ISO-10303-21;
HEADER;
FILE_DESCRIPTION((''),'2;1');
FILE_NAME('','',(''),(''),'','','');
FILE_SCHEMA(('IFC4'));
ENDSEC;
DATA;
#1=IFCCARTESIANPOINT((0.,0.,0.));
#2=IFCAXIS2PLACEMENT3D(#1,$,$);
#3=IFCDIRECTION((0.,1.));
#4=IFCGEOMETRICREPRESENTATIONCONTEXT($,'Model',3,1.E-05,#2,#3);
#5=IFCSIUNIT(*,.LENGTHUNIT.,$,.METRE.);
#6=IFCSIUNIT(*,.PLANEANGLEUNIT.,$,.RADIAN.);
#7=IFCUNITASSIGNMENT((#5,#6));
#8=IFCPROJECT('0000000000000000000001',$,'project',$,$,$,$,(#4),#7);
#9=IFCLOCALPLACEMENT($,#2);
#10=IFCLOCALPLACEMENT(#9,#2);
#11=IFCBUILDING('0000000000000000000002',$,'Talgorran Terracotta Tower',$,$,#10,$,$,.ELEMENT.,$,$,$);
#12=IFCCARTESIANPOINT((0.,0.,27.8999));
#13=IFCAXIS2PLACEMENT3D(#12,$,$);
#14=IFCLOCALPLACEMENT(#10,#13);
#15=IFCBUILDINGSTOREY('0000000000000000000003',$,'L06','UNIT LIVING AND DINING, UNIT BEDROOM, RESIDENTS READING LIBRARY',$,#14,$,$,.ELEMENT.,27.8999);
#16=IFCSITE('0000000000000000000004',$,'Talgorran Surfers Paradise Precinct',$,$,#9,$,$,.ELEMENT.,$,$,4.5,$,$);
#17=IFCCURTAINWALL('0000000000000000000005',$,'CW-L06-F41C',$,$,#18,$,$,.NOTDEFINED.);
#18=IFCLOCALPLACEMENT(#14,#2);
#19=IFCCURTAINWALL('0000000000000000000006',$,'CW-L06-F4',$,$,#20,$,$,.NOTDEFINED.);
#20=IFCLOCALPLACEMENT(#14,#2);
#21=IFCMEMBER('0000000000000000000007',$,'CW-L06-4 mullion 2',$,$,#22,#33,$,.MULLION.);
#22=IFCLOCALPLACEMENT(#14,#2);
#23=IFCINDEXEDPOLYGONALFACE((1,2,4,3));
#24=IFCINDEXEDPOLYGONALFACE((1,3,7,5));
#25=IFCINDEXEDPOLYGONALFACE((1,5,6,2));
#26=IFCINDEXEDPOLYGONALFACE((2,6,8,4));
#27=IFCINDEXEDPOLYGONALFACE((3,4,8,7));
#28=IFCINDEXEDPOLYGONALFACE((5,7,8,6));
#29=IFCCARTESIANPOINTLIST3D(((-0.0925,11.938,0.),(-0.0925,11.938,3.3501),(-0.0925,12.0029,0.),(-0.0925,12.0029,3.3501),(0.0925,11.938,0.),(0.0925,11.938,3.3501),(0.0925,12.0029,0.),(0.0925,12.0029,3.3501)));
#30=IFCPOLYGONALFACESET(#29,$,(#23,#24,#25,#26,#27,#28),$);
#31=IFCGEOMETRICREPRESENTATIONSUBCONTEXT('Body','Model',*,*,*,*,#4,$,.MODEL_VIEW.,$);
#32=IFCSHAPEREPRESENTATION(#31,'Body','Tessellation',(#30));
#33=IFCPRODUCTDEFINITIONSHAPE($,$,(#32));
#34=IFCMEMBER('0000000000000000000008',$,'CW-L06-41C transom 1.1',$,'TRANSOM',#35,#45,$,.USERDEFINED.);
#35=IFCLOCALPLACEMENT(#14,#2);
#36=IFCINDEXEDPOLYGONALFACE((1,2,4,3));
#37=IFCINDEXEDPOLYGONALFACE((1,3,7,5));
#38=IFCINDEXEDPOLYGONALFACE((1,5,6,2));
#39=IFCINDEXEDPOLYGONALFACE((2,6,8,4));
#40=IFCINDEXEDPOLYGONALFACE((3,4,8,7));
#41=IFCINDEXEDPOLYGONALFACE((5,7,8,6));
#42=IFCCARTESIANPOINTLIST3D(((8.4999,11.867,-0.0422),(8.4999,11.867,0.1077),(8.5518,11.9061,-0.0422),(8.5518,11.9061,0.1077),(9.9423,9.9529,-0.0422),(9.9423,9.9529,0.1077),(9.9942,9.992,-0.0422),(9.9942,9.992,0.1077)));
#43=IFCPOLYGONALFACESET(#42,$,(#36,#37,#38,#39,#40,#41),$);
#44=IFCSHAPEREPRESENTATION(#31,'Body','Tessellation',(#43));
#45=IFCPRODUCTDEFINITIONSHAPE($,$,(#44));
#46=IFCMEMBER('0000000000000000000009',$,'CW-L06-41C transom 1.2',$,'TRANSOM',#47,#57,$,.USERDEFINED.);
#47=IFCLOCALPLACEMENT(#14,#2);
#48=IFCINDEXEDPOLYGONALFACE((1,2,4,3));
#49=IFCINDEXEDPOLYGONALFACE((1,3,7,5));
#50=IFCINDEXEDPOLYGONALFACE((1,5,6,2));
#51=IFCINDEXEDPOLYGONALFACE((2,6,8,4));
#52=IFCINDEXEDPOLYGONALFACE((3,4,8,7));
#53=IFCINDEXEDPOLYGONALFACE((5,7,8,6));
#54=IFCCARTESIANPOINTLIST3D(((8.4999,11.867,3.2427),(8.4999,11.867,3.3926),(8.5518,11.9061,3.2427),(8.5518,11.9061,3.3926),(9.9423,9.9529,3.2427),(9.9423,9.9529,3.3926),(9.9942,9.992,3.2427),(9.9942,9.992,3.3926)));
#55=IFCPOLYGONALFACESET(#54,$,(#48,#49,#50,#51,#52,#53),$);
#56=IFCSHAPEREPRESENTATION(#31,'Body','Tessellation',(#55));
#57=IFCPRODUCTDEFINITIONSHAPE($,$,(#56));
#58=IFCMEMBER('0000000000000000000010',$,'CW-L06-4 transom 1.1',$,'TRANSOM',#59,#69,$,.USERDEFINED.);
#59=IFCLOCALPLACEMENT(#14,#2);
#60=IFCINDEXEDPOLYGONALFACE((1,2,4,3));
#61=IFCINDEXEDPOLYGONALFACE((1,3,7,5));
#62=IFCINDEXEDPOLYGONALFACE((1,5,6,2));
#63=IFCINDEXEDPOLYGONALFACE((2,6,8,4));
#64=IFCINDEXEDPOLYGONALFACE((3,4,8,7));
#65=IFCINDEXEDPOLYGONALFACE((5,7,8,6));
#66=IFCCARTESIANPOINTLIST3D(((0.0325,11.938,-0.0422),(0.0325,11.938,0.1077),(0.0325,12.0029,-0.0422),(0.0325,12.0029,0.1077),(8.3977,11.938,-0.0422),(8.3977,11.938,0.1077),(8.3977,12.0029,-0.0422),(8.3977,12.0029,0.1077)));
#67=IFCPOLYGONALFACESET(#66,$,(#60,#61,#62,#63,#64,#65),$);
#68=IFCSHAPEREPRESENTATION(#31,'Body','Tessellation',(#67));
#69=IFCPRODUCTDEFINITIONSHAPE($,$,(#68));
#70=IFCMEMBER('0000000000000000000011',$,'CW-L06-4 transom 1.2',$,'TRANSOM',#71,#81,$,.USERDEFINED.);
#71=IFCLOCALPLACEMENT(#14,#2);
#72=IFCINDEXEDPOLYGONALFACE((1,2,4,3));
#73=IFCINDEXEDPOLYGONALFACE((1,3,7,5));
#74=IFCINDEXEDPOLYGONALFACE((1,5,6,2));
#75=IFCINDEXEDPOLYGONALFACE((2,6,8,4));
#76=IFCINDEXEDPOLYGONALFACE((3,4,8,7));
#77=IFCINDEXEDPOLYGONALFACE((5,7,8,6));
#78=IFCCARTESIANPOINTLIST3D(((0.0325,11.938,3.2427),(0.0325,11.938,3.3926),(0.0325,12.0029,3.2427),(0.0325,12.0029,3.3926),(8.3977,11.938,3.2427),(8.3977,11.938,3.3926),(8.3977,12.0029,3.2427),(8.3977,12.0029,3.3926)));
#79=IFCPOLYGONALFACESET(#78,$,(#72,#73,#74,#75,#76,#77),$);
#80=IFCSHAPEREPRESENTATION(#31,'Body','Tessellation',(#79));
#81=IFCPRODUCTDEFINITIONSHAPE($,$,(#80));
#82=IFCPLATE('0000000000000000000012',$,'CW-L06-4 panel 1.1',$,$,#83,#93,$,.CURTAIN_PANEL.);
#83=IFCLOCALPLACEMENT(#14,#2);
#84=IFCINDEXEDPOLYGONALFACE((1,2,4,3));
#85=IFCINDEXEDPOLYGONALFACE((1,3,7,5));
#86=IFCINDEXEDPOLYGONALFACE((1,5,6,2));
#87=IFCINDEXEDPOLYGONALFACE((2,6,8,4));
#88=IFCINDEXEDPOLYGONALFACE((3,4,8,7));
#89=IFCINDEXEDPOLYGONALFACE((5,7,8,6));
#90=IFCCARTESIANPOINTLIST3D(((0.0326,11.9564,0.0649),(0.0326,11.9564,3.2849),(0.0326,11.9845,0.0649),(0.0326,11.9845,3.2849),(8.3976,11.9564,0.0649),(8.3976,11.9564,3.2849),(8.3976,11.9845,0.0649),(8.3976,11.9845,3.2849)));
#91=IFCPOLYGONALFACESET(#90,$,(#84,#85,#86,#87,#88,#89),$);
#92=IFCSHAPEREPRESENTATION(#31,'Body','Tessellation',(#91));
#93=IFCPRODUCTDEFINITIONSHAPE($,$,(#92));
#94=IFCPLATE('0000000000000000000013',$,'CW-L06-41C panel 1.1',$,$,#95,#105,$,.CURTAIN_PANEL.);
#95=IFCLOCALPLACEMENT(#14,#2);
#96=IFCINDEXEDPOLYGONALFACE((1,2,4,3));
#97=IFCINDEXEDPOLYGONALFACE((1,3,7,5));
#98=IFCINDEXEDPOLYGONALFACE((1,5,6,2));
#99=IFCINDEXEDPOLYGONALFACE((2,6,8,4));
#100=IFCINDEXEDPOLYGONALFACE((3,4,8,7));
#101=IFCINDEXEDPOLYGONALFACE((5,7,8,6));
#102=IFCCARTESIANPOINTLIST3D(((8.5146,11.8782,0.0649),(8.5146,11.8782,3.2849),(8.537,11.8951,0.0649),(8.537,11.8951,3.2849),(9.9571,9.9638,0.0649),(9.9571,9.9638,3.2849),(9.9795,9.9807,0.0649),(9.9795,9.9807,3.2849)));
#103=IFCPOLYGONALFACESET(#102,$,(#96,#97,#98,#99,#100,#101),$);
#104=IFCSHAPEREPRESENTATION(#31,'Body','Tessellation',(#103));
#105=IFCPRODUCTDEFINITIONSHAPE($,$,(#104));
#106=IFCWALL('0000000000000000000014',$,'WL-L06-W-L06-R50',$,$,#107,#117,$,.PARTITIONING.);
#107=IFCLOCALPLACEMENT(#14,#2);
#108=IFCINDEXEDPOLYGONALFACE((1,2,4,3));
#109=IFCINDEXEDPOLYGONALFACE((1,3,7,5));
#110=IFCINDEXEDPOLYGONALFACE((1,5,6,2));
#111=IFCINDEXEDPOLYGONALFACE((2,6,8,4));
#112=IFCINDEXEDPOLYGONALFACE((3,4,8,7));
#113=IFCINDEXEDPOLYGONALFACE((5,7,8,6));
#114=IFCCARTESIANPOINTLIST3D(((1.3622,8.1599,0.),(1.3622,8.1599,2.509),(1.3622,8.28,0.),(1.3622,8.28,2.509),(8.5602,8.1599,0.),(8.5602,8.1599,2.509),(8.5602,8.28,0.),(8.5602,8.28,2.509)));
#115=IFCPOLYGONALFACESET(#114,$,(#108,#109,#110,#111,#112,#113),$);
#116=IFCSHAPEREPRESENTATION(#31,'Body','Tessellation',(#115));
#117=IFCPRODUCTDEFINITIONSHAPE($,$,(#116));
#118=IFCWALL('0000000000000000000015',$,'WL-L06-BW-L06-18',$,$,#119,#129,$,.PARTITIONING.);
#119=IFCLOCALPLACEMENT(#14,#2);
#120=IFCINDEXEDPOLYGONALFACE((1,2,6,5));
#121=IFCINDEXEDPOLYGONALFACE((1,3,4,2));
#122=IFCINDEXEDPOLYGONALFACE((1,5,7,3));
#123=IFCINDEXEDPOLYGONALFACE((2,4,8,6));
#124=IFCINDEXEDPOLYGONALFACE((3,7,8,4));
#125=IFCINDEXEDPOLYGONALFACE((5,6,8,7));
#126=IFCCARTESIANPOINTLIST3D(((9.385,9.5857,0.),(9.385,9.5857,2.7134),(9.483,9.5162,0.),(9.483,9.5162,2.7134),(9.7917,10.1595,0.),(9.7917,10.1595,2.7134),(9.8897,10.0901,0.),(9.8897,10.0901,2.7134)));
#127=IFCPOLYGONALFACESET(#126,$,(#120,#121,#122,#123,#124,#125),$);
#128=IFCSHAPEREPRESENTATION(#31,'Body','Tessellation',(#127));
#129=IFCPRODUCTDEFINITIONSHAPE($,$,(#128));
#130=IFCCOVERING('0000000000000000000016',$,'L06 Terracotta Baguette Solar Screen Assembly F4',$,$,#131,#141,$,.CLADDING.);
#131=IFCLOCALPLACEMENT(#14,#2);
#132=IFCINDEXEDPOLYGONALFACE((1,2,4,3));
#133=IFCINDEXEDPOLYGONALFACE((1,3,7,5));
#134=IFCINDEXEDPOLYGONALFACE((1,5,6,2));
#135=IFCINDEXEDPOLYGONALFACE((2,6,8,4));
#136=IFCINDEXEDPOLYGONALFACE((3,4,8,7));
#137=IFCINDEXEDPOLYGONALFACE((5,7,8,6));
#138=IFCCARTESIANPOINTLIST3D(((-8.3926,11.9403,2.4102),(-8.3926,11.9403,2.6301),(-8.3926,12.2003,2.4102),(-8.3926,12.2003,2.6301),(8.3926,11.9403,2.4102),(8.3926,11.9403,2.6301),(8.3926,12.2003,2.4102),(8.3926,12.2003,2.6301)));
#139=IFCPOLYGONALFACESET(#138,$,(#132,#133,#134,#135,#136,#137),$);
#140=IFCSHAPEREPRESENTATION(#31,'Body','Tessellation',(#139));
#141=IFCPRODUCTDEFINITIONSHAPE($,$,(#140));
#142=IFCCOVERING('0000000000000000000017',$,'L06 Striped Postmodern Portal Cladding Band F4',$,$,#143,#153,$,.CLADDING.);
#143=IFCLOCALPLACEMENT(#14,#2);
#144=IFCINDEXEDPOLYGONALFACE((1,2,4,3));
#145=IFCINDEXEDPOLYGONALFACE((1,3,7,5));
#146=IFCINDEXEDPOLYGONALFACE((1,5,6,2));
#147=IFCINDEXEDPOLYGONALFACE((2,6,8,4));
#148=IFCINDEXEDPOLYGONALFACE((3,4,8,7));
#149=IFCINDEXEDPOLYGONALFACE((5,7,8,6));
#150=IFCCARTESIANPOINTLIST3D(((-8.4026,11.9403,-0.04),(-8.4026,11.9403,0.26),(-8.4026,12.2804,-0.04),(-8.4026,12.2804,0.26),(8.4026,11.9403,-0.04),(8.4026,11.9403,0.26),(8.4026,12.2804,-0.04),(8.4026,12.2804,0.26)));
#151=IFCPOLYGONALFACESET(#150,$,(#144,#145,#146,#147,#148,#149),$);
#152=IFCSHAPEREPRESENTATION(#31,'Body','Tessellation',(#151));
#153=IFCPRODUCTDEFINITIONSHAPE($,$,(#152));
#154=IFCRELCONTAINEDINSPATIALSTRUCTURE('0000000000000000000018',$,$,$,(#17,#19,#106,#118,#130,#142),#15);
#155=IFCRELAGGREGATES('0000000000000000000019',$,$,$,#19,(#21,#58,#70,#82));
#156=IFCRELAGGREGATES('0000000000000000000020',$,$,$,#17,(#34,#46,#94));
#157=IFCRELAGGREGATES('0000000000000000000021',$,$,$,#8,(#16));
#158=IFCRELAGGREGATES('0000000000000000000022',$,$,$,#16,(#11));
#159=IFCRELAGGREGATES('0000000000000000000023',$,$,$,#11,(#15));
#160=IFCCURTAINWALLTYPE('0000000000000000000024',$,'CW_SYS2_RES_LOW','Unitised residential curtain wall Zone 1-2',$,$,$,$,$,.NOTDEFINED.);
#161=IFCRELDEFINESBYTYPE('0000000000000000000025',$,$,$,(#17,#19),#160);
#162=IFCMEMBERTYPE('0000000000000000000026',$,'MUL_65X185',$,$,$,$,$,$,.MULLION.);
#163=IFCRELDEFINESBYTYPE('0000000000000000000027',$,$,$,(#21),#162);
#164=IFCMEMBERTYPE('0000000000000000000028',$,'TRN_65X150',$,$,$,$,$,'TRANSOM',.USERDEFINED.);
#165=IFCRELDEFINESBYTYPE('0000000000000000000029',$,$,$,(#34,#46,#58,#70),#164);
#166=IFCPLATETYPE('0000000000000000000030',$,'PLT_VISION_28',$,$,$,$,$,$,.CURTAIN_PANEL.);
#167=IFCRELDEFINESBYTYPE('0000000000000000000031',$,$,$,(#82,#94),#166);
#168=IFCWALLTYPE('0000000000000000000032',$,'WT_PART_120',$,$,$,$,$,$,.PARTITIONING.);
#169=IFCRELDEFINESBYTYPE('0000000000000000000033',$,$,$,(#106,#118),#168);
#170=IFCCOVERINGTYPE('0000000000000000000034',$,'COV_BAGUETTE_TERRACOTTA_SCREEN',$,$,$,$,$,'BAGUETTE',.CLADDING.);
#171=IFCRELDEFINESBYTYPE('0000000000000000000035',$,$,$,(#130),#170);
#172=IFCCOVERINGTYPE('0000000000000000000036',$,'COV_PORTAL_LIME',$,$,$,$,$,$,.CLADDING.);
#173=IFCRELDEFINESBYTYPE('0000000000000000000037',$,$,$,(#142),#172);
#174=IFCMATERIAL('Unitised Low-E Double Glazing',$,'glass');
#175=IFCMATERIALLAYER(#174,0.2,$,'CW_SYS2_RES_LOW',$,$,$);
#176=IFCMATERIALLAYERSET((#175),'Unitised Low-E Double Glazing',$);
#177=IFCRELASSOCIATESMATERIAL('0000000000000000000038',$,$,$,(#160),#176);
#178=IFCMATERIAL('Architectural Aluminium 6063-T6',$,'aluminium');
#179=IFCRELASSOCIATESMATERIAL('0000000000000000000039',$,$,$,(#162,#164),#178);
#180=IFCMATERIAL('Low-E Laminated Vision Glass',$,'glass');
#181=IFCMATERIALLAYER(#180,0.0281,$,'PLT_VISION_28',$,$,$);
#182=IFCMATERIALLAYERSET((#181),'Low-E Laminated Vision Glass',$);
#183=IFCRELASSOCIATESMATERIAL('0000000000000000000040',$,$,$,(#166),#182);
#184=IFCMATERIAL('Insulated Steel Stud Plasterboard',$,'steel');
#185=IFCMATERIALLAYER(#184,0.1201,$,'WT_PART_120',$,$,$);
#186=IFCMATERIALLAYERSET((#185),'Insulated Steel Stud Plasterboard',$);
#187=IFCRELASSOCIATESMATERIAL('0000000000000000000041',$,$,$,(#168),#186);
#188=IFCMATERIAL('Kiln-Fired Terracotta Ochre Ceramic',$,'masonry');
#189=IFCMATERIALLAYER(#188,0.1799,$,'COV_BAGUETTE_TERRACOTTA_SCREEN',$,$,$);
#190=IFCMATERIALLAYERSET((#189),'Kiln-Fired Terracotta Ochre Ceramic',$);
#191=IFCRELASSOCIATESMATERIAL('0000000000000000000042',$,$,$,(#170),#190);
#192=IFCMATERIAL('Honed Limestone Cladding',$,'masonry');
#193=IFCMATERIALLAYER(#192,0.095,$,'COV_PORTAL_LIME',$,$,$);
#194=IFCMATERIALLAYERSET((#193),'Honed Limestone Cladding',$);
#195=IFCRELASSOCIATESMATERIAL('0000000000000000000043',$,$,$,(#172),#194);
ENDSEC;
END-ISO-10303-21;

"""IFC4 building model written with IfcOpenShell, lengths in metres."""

from ifc_helpers import new_model, si_unit, direction, frame, frame_2d, origin, origin_2d, place, context, subcontext, project, spatial, rectangle, extrude, source, transform, mapped, material, layer, layer_set, material_profile, profile_set, type_object, type_shapes, element, aggregate, save


model = new_model("IFC4")

# Units and contexts
model_context = context("Model", 3, precision=1e-05, world=origin(), true_north=direction((0.0, 1.0)))
body_context = subcontext(model_context, "Body", "Model", "MODEL_VIEW")
ifc_project = project(units=[si_unit("LENGTHUNIT", "METRE"), si_unit("PLANEANGLEUNIT", "RADIAN")], contexts=[model_context])

# Site, building, storey
site_placement = place(None, origin())
site = spatial("IfcSite", under=ifc_project, at=site_placement, Name="Talgorran Surfers Paradise Precinct", CompositionType="ELEMENT", RefElevation=4.5)
building_placement = place(site_placement, origin())
building = spatial("IfcBuilding", under=site, at=building_placement, Name="Talgorran Terracotta Tower", CompositionType="ELEMENT")
storey_placement = place(building_placement, frame((0.0, 0.0, 27.8999)))
storey = spatial("IfcBuildingStorey", under=building, at=storey_placement, Name="L06", Description="UNIT LIVING AND DINING, UNIT BEDROOM, RESIDENTS READING LIBRARY", CompositionType="ELEMENT", Elevation=27.8999)

# Shared definitions
ifc_material_1 = material(Name="Unitised Low-E Double Glazing", Category="glass")
ifc_layer_1 = layer(ifc_material_1, 0.2, Name="CW_SYS2_RES_LOW")
ifc_layer_set_1 = layer_set([ifc_layer_1], Name="Unitised Low-E Double Glazing")
curtain_wall_type = type_object("IfcCurtainWallType", Name="CW_SYS2_RES_LOW", Description="Unitised residential curtain wall Zone 1-2", PredefinedType="NOTDEFINED", material=ifc_layer_set_1)
ifc_material_2 = material(Name="Architectural Aluminium 6063-T6", Category="aluminium")
ifc_material_profile_1 = material_profile(ifc_material_2, rectangle(XDim=0.0649, YDim=0.1851, at=origin_2d()), Name="CWM65X185")
ifc_profile_set_1 = profile_set([ifc_material_profile_1], Name="Architectural Aluminium 6063-T6")
member_type_1 = type_object("IfcMemberType", Name="MUL_65X185", PredefinedType="MULLION", material=ifc_profile_set_1)

# Curtain walls, member
curtain_wall_1_placement = place(storey_placement, origin())
curtain_wall_1 = element("IfcCurtainWall", 1, at=curtain_wall_1_placement, inside=storey, type_object=curtain_wall_type, Name="CW-L06-F41C", PredefinedType="NOTDEFINED")
curtain_wall_2_placement = place(storey_placement, origin())
curtain_wall_2 = element("IfcCurtainWall", 2, at=curtain_wall_2_placement, inside=storey, type_object=curtain_wall_type, Name="CW-L06-F4", PredefinedType="NOTDEFINED")
member_1_placement = place(storey_placement, frame((0.0, 11.9705, 0.0), z_axis=(0.0, 0.0, 1.0), x_axis=(0.0, -1.0, 0.0)))
member_1 = element("IfcMember", 3, at=member_1_placement, type_object=member_type_1, Name="CW-L06-4 mullion 2", PredefinedType="MULLION", context=body_context, shape_type="SweptSolid", body=[
    extrude(rectangle(XDim=0.0649, YDim=0.1851, at=origin_2d()), origin(), (0.0, 0.0, 1.0), 3.3501),
])

# Members
ifc_material_profile_2 = material_profile(ifc_material_2, rectangle(XDim=0.0649, YDim=0.1499, at=origin_2d()), Name="CWT65X150")
ifc_profile_set_2 = profile_set([ifc_material_profile_2], Name="Architectural Aluminium 6063-T6")
member_type_2 = type_object("IfcMemberType", Name="TRN_65X150", ElementType="TRANSOM", PredefinedType="USERDEFINED", material=ifc_profile_set_2)
member_2_placement = place(storey_placement, frame((9.9683, 9.9724, 0.0327), z_axis=(-0.601824, 0.798629, 0.0), x_axis=(-0.798629, -0.601824, 0.0)))
member_2 = element("IfcMember", 4, at=member_2_placement, type_object=member_type_2, Name="CW-L06-41C transom 1.1", ObjectType="TRANSOM", PredefinedType="USERDEFINED", context=body_context, shape_type="SweptSolid", body=[
    extrude(rectangle(XDim=0.0649, YDim=0.1499, at=origin_2d()), origin(), (0.0, 0.0, 1.0), 2.3967),
])
member_3_placement = place(storey_placement, frame((9.9683, 9.9724, 3.3176), z_axis=(-0.601824, 0.798629, 0.0), x_axis=(-0.798629, -0.601824, 0.0)))
member_3 = element("IfcMember", 5, at=member_3_placement, type_object=member_type_2, Name="CW-L06-41C transom 1.2", ObjectType="TRANSOM", PredefinedType="USERDEFINED", context=body_context, shape_type="SweptSolid", body=[
    extrude(rectangle(XDim=0.0649, YDim=0.1499, at=origin_2d()), origin(), (0.0, 0.0, 1.0), 2.3967),
])
member_4_placement = place(storey_placement, frame((8.3977, 11.9705, 0.0327), z_axis=(-1.0, 0.0, 0.0), x_axis=(0.0, -1.0, 0.0)))
member_4 = element("IfcMember", 6, at=member_4_placement, type_object=member_type_2, Name="CW-L06-4 transom 1.1", ObjectType="TRANSOM", PredefinedType="USERDEFINED", context=body_context, shape_type="SweptSolid", body=[
    extrude(rectangle(XDim=0.0649, YDim=0.1499, at=origin_2d()), origin(), (0.0, 0.0, 1.0), 8.3652),
])
member_5_placement = place(storey_placement, frame((8.3977, 11.9705, 3.3176), z_axis=(-1.0, 0.0, 0.0), x_axis=(0.0, -1.0, 0.0)))
member_5 = element("IfcMember", 7, at=member_5_placement, type_object=member_type_2, Name="CW-L06-4 transom 1.2", ObjectType="TRANSOM", PredefinedType="USERDEFINED", context=body_context, shape_type="SweptSolid", body=[
    extrude(rectangle(XDim=0.0649, YDim=0.1499, at=origin_2d()), origin(), (0.0, 0.0, 1.0), 8.3652),
])

# Plates
ifc_material_3 = material(Name="Low-E Laminated Vision Glass", Category="glass")
ifc_layer_2 = layer(ifc_material_3, 0.0281, Name="PLT_VISION_28")
ifc_layer_set_2 = layer_set([ifc_layer_2], Name="Low-E Laminated Vision Glass")
plate_type = type_object("IfcPlateType", Name="PLT_VISION_28", PredefinedType="CURTAIN_PANEL", material=ifc_layer_set_2)
shared_shape_1 = source(origin(), body_context, "Body", "SweptSolid", [
    extrude(rectangle(XDim=8.365, YDim=0.0281, at=origin_2d()), origin(), (0.0, 0.0, 1.0), 3.22),
])
plate_1_placement = place(storey_placement, frame((4.2151, 11.9705, 0.0649), z_axis=(0.0, 0.0, 1.0), x_axis=(-1.0, 0.0, 0.0)))
plate_1 = element("IfcPlate", 8, at=plate_1_placement, type_object=plate_type, Name="CW-L06-4 panel 1.1", PredefinedType="CURTAIN_PANEL", context=body_context, shape_type="MappedRepresentation", body=[
    mapped(shared_shape_1, transform((0.0, 0.0, 0.0), scale=1.0)),
])
aggregate(curtain_wall_2, [member_1, member_4, member_5, plate_1])
shared_shape_2 = source(origin(), body_context, "Body", "SweptSolid", [
    extrude(rectangle(XDim=2.397, YDim=0.0281, at=origin_2d()), origin(), (0.0, 0.0, 1.0), 3.22),
])
type_shapes(plate_type, [shared_shape_1, shared_shape_2])
plate_2_placement = place(storey_placement, frame((9.2471, 10.9294, 0.0649), z_axis=(0.0, 0.0, 1.0), x_axis=(-0.601803, 0.798645, 0.0)))
plate_2 = element("IfcPlate", 9, at=plate_2_placement, type_object=plate_type, Name="CW-L06-41C panel 1.1", PredefinedType="CURTAIN_PANEL", context=body_context, shape_type="MappedRepresentation", body=[
    mapped(shared_shape_2, transform((0.0, 0.0, 0.0), scale=1.0)),
])
aggregate(curtain_wall_1, [member_2, member_3, plate_2])

# Walls
ifc_material_4 = material(Name="Insulated Steel Stud Plasterboard", Category="steel")
ifc_layer_3 = layer(ifc_material_4, 0.1201, Name="WT_PART_120")
ifc_layer_set_3 = layer_set([ifc_layer_3], Name="Insulated Steel Stud Plasterboard")
wall_type = type_object("IfcWallType", Name="WT_PART_120", PredefinedType="PARTITIONING", material=ifc_layer_set_3)
wall_1_placement = place(storey_placement, frame((1.3621, 8.22, 0.0), z_axis=(0.0, 0.0, 1.0), x_axis=(1.0, 0.0, 0.0)))
element("IfcWall", 10, at=wall_1_placement, inside=storey, type_object=wall_type, Name="WL-L06-W-L06-R50", PredefinedType="PARTITIONING", context=body_context, shape_type="SweptSolid", body=[
    extrude(rectangle(XDim=7.198, YDim=0.1201, at=frame_2d((3.5991, 0.0))), origin(), (0.0, 0.0, 1.0), 2.509),
])
wall_2_placement = place(storey_placement, frame((9.4341, 9.551, 0.0), z_axis=(0.0, 0.0, 1.0), x_axis=(0.578181, 0.815909, 0.0)))
element("IfcWall", 11, at=wall_2_placement, inside=storey, type_object=wall_type, Name="WL-L06-BW-L06-18", PredefinedType="PARTITIONING", context=body_context, shape_type="SweptSolid", body=[
    extrude(rectangle(XDim=0.7034, YDim=0.1201, at=frame_2d((0.3516, 0.0))), origin(), (0.0, 0.0, 1.0), 2.7134),
])

# Coverings
ifc_material_5 = material(Name="Kiln-Fired Terracotta Ochre Ceramic", Category="masonry")
ifc_layer_4 = layer(ifc_material_5, 0.1799, Name="COV_BAGUETTE_TERRACOTTA_SCREEN")
ifc_layer_set_4 = layer_set([ifc_layer_4], Name="Kiln-Fired Terracotta Ochre Ceramic")
covering_type_1 = type_object("IfcCoveringType", Name="COV_BAGUETTE_TERRACOTTA_SCREEN", ElementType="BAGUETTE", PredefinedType="CLADDING", material=ifc_layer_set_4)
covering_1_placement = place(storey_placement, frame((0.0, 12.0703, 2.4102), z_axis=(0.0, 0.0, 1.0), x_axis=(-1.0, 0.0, 0.0)))
element("IfcCovering", 12, at=covering_1_placement, inside=storey, type_object=covering_type_1, Name="L06 Terracotta Baguette Solar Screen Assembly F4", PredefinedType="CLADDING", context=body_context, shape_type="SweptSolid", body=[
    extrude(rectangle(XDim=16.7852, YDim=0.26, at=origin_2d()), origin(), (0.0, 0.0, 1.0), 0.22),
])
ifc_material_6 = material(Name="Honed Limestone Cladding", Category="masonry")
ifc_layer_5 = layer(ifc_material_6, 0.095, Name="COV_PORTAL_LIME")
ifc_layer_set_5 = layer_set([ifc_layer_5], Name="Honed Limestone Cladding")
covering_type_2 = type_object("IfcCoveringType", Name="COV_PORTAL_LIME", PredefinedType="CLADDING", material=ifc_layer_set_5)
covering_2_placement = place(storey_placement, frame((0.0, 12.1104, -0.04), z_axis=(0.0, 0.0, 1.0), x_axis=(-1.0, 0.0, 0.0)))
element("IfcCovering", 13, at=covering_2_placement, inside=storey, type_object=covering_type_2, Name="L06 Striped Postmodern Portal Cladding Band F4", PredefinedType="CLADDING", context=body_context, shape_type="SweptSolid", body=[
    extrude(rectangle(XDim=16.8052, YDim=0.3401, at=origin_2d()), origin(), (0.0, 0.0, 1.0), 0.3),
])

save(model, "model.ifc")
